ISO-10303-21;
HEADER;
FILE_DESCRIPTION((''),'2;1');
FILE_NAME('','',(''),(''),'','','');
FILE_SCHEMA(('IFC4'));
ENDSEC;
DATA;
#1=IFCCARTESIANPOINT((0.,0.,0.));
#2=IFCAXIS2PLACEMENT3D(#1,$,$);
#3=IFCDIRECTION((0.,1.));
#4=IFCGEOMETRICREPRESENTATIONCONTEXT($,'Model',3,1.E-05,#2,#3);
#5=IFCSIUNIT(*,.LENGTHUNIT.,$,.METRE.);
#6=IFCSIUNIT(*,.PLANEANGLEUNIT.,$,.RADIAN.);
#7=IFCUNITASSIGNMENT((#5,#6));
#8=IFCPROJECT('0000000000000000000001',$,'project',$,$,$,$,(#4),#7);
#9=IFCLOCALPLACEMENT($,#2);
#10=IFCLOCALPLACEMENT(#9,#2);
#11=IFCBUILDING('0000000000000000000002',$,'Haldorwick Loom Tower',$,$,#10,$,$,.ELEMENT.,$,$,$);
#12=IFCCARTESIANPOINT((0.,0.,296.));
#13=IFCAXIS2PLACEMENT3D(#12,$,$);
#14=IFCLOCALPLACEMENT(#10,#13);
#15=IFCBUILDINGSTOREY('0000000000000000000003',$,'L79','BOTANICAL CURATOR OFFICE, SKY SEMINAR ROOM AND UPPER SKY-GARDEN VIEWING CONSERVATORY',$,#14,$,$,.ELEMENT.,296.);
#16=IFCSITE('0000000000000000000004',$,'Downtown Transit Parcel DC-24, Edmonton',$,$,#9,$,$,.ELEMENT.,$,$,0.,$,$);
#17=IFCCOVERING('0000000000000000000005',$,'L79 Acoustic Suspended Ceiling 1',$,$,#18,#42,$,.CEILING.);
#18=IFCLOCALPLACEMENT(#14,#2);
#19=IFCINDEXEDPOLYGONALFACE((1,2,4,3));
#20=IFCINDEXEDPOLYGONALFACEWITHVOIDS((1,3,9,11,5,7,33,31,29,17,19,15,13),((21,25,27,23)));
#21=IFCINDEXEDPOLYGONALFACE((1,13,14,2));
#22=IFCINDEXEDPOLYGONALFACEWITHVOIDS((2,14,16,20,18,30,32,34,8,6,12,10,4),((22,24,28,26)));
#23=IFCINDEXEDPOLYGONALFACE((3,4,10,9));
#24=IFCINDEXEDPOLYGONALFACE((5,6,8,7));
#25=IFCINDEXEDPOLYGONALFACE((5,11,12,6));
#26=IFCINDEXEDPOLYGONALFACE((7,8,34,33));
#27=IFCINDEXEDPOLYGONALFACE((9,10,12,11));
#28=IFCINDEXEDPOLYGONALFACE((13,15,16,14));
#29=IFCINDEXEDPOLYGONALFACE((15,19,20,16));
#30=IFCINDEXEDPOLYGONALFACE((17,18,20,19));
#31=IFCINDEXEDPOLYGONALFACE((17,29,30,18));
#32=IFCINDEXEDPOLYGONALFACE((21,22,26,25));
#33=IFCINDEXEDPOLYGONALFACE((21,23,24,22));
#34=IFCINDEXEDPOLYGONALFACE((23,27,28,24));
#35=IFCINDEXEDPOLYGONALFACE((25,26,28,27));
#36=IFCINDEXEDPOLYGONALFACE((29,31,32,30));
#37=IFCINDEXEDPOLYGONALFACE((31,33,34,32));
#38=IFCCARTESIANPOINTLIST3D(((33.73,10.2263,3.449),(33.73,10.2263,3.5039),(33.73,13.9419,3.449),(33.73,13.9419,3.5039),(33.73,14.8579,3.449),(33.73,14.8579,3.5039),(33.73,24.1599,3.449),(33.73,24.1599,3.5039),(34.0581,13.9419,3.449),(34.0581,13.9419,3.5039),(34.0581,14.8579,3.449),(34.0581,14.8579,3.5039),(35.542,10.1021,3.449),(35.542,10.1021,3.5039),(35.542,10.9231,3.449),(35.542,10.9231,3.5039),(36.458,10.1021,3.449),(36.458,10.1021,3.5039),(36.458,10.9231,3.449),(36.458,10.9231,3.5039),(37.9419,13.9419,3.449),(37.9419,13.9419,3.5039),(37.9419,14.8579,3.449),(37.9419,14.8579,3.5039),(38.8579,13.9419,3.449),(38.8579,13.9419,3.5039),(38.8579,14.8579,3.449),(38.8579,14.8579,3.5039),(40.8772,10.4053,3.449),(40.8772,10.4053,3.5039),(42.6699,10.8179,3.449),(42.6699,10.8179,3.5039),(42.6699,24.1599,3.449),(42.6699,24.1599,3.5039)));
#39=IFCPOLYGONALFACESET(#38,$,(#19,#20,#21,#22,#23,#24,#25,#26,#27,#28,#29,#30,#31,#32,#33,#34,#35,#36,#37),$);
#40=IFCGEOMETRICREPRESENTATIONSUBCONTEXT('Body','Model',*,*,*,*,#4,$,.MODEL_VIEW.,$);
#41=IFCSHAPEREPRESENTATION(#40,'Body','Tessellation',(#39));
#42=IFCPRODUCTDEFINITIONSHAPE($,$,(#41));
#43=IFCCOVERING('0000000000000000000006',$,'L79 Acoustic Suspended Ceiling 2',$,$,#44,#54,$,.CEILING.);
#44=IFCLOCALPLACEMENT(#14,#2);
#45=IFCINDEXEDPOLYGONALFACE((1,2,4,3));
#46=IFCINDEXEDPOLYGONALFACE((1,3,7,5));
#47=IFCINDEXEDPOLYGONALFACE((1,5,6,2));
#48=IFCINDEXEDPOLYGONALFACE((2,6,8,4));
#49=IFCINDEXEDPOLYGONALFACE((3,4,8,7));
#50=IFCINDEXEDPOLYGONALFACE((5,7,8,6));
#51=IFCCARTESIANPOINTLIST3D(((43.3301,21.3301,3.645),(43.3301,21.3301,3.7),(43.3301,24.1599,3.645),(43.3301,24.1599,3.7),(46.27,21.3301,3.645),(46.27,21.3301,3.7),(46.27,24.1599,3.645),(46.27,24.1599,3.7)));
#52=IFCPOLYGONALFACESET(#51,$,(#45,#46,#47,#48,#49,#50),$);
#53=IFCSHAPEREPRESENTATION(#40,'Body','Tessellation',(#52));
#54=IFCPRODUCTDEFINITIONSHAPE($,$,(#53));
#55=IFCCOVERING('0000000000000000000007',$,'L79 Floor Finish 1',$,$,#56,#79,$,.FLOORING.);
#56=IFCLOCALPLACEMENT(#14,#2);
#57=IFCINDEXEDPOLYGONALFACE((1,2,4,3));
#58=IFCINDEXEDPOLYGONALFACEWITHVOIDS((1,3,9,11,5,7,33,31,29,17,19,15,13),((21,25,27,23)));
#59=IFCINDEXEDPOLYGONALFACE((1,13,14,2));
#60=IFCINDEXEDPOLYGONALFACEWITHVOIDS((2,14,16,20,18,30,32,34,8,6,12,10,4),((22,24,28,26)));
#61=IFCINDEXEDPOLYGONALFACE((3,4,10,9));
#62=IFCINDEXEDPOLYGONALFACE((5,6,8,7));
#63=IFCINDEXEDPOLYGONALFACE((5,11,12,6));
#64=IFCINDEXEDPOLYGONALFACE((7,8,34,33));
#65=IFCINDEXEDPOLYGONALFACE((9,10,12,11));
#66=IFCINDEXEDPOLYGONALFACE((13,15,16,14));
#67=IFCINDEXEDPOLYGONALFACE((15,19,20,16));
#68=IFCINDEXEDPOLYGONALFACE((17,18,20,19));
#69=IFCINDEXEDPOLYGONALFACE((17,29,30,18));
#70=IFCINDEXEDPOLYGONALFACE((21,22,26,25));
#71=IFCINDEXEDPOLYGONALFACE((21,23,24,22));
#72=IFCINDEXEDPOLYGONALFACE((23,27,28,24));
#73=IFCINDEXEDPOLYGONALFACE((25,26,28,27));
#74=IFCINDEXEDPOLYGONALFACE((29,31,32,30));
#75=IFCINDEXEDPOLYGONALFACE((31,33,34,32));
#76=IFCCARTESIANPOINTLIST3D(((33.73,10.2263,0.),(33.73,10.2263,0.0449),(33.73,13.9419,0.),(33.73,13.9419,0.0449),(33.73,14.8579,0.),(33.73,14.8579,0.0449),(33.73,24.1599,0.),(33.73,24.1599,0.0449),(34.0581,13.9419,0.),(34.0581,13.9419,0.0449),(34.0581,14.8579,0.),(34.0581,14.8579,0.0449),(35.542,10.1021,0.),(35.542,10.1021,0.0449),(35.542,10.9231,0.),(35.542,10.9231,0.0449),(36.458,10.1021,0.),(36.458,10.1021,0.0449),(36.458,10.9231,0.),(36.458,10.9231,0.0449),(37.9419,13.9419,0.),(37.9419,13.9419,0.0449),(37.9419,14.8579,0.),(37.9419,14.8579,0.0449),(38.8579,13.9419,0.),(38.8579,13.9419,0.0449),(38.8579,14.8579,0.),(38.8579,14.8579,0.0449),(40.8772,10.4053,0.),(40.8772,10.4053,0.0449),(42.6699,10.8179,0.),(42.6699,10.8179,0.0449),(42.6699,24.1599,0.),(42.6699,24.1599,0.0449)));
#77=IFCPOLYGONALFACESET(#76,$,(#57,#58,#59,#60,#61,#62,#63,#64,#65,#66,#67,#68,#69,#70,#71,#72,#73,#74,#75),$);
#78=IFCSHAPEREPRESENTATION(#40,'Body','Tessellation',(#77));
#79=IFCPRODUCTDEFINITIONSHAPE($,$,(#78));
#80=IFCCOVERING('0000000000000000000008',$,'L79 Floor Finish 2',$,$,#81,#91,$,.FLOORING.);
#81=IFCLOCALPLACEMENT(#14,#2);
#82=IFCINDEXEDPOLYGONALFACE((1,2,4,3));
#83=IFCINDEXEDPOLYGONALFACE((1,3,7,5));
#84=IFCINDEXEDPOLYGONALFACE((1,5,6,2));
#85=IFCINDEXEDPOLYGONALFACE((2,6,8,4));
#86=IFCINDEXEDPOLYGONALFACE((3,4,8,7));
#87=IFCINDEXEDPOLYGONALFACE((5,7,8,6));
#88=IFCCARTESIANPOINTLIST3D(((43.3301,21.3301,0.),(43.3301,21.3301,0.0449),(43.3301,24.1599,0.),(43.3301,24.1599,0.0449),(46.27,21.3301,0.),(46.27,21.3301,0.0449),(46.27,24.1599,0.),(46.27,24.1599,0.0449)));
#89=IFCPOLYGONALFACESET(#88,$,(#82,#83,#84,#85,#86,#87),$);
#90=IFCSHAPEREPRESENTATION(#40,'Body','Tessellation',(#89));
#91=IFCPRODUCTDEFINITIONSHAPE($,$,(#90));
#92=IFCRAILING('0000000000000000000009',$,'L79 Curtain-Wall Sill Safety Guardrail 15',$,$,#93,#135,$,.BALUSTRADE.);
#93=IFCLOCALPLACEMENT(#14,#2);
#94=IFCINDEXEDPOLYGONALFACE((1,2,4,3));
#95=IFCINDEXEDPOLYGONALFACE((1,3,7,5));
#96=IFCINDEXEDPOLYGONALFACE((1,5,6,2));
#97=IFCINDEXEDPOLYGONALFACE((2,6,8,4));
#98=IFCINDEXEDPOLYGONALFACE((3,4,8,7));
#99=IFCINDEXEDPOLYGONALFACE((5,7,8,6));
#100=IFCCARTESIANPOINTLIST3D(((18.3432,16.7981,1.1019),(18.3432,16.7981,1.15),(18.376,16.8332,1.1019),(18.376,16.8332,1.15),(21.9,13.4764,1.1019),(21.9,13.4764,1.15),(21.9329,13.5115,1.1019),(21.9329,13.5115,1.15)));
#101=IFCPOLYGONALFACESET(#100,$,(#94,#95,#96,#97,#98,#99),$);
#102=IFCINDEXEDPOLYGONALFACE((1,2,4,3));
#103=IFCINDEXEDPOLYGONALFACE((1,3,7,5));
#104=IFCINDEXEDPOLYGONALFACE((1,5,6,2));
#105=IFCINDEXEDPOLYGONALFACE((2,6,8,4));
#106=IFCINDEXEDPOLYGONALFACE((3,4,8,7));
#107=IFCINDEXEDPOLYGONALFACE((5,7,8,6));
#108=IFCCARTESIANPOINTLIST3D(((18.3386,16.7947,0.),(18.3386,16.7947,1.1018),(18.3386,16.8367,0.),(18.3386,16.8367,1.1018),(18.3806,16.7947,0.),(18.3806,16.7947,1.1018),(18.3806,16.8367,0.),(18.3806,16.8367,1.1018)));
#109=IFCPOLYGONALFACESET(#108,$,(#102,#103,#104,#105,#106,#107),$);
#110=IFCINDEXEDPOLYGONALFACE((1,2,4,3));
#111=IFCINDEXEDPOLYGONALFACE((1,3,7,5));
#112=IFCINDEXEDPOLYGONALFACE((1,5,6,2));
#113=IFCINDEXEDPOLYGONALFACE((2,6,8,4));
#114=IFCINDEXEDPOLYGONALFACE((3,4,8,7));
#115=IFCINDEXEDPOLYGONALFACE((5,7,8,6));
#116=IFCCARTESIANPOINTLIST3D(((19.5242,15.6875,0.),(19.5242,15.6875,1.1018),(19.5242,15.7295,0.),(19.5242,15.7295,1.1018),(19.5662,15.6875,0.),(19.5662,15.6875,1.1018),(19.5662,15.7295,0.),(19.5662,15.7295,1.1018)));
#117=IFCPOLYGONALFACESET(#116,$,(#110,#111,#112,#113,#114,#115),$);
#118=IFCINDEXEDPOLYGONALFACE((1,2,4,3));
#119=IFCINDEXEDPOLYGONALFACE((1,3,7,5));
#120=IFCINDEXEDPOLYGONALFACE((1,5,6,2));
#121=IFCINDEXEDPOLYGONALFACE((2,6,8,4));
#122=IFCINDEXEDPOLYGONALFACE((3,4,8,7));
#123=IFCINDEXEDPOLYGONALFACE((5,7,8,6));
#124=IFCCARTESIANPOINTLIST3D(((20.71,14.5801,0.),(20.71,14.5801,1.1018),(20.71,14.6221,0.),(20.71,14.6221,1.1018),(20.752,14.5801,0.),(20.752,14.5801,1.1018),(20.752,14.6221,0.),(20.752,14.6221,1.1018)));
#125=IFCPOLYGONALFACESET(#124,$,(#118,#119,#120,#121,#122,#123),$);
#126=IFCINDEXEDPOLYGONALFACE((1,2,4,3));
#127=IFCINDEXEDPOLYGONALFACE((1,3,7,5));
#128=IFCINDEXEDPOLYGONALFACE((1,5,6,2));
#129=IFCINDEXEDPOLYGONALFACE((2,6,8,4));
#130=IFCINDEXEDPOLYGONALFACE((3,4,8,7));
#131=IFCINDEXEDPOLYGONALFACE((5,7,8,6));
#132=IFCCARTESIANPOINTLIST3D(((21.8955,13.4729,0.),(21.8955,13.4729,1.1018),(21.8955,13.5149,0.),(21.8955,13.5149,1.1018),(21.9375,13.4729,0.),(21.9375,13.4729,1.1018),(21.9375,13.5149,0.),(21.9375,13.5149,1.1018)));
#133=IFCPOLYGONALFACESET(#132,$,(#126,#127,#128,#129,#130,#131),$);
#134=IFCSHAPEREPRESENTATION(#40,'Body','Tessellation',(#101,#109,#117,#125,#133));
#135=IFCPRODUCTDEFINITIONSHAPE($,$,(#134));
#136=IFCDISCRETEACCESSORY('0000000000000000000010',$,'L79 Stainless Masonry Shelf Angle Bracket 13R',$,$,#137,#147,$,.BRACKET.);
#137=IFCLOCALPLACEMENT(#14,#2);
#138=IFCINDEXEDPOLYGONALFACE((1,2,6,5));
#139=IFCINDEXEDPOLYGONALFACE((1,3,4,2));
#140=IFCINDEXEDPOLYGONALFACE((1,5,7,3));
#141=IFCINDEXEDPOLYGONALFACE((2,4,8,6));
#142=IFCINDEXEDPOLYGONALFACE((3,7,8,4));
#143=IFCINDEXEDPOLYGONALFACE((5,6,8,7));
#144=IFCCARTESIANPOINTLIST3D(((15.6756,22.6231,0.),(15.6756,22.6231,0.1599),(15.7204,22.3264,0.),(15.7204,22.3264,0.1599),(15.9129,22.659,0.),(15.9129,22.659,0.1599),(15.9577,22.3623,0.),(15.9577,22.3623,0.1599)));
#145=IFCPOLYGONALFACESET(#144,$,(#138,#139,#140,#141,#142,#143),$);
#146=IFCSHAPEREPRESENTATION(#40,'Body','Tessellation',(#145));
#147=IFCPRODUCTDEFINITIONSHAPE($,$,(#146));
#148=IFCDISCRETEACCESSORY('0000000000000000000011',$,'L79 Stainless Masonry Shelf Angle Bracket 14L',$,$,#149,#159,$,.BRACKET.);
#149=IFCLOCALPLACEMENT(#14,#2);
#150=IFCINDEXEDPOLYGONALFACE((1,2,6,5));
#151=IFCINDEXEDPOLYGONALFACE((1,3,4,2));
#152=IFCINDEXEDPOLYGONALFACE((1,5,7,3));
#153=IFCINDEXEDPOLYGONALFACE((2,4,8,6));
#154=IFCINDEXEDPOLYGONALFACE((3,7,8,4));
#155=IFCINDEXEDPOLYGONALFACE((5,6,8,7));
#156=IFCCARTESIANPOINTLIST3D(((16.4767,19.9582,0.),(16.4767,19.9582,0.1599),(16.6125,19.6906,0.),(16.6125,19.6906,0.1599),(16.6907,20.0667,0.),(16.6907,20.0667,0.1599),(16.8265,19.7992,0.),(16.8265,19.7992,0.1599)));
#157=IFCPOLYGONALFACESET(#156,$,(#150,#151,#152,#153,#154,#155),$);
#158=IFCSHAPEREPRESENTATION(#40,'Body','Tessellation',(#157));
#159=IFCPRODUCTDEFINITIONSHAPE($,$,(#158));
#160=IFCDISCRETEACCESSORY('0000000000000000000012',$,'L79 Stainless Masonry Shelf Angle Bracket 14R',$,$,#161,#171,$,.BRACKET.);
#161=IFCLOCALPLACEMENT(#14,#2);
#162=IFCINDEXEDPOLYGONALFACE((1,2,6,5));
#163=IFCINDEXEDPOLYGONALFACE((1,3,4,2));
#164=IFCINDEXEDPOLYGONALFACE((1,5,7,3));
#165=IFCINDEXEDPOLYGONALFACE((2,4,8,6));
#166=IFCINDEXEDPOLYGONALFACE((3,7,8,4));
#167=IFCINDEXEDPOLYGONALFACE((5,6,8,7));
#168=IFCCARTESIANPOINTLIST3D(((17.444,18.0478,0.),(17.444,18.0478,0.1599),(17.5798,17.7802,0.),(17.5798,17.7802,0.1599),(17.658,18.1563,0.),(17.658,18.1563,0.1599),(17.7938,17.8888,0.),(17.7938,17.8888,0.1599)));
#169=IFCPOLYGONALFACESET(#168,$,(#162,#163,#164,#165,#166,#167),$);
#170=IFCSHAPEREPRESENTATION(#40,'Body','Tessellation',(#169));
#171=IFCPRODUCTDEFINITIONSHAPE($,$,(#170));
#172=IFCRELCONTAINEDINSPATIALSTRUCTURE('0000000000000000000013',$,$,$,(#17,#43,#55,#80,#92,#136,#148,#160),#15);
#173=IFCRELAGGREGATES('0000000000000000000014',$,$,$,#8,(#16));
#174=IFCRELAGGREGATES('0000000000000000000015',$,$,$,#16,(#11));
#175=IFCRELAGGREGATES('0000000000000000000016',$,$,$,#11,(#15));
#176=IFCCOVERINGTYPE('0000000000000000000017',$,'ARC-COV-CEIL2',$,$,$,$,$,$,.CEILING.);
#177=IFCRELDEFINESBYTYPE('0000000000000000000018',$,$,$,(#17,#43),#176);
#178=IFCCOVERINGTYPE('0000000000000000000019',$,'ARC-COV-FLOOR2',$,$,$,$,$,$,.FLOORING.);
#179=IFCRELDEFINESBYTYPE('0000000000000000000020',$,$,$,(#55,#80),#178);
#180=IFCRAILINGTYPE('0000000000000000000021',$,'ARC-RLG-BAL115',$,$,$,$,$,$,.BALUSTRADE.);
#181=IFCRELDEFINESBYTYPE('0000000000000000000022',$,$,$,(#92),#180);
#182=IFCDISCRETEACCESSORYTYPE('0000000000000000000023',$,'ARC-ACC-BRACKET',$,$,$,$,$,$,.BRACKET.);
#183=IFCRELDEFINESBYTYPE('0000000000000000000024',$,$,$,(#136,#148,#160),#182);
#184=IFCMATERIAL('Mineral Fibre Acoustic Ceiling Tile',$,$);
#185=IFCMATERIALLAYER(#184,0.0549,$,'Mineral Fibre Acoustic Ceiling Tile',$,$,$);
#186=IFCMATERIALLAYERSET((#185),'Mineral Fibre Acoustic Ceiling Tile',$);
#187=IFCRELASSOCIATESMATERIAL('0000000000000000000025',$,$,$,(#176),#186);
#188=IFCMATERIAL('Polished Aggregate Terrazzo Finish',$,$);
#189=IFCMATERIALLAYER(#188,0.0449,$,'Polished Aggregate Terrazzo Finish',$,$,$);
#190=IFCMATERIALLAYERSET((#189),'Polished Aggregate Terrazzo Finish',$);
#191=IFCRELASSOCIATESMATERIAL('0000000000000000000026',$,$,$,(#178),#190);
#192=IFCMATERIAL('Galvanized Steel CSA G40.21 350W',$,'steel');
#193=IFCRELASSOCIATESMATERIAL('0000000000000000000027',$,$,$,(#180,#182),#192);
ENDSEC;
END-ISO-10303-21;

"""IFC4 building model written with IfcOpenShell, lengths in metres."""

from ifc_helpers import new_model, si_unit, direction, frame, origin, origin_2d, place, context, subcontext, project, spatial, polyline, rectangle, outline, extrude, material, layer, layer_set, type_object, element, save


model = new_model("IFC4")

# Units and contexts
model_context = context("Model", 3, precision=1e-05, world=origin(), true_north=direction((0.0, 1.0)))
body_context = subcontext(model_context, "Body", "Model", "MODEL_VIEW")
ifc_project = project(units=[si_unit("LENGTHUNIT", "METRE"), si_unit("PLANEANGLEUNIT", "RADIAN")], contexts=[model_context])

# Site, building, storey
site_placement = place(None, origin())
site = spatial("IfcSite", under=ifc_project, at=site_placement, Name="Downtown Transit Parcel DC-24, Edmonton", CompositionType="ELEMENT", RefElevation=0.0)
building_placement = place(site_placement, origin())
building = spatial("IfcBuilding", under=site, at=building_placement, Name="Haldorwick Loom Tower", CompositionType="ELEMENT")
storey_placement = place(building_placement, frame((0.0, 0.0, 296.0)))
storey = spatial("IfcBuildingStorey", under=building, at=storey_placement, Name="L79", Description="BOTANICAL CURATOR OFFICE, SKY SEMINAR ROOM AND UPPER SKY-GARDEN VIEWING CONSERVATORY", CompositionType="ELEMENT", Elevation=296.0)

# Coverings
ifc_material_1 = material(Name="Mineral Fibre Acoustic Ceiling Tile")
ifc_layer_1 = layer(ifc_material_1, 0.0549, Name="Mineral Fibre Acoustic Ceiling Tile")
ifc_layer_set_1 = layer_set([ifc_layer_1], Name="Mineral Fibre Acoustic Ceiling Tile")
covering_type_1 = type_object("IfcCoveringType", Name="ARC-COV-CEIL2", PredefinedType="CEILING", material=ifc_layer_set_1)
covering_1_placement = place(storey_placement, frame((0.0, 0.0, 3.449)))
element("IfcCovering", 1, at=covering_1_placement, inside=storey, type_object=covering_type_1, Name="L79 Acoustic Suspended Ceiling 1", PredefinedType="CEILING", context=body_context, shape_type="SweptSolid", body=[
    extrude(outline(polyline([(42.6699, 10.8179), (42.6699, 24.1599), (33.73, 24.1599), (33.73, 14.8579), (34.0581, 14.8579), (34.0581, 13.9419), (33.73, 13.9419), (33.73, 10.2263), (35.542, 10.1021), (35.542, 10.9231), (36.458, 10.9231), (36.458, 10.1021), (40.8772, 10.4053), (42.6699, 10.8179)]), holes=[polyline([(38.8579, 14.8579), (38.8579, 13.9419), (37.9419, 13.9419), (37.9419, 14.8579), (38.8579, 14.8579)])]), origin(), (0.0, 0.0, 1.0), 0.0549),
])
covering_2_placement = place(storey_placement, frame((0.0, 0.0, 3.645)))
element("IfcCovering", 2, at=covering_2_placement, inside=storey, type_object=covering_type_1, Name="L79 Acoustic Suspended Ceiling 2", PredefinedType="CEILING", context=body_context, shape_type="SweptSolid", body=[
    extrude(outline(polyline([(43.3301, 24.1599), (43.3301, 21.3301), (46.27, 21.3301), (46.27, 24.1599), (43.3301, 24.1599)])), origin(), (0.0, 0.0, 1.0), 0.0549),
])
ifc_material_2 = material(Name="Polished Aggregate Terrazzo Finish")
ifc_layer_2 = layer(ifc_material_2, 0.0449, Name="Polished Aggregate Terrazzo Finish")
ifc_layer_set_2 = layer_set([ifc_layer_2], Name="Polished Aggregate Terrazzo Finish")
covering_type_2 = type_object("IfcCoveringType", Name="ARC-COV-FLOOR2", PredefinedType="FLOORING", material=ifc_layer_set_2)
covering_3_placement = place(storey_placement, origin())
element("IfcCovering", 3, at=covering_3_placement, inside=storey, type_object=covering_type_2, Name="L79 Floor Finish 1", PredefinedType="FLOORING", context=body_context, shape_type="SweptSolid", body=[
    extrude(outline(polyline([(42.6699, 10.8179), (42.6699, 24.1599), (33.73, 24.1599), (33.73, 14.8579), (34.0581, 14.8579), (34.0581, 13.9419), (33.73, 13.9419), (33.73, 10.2263), (35.542, 10.1021), (35.542, 10.9231), (36.458, 10.9231), (36.458, 10.1021), (40.8772, 10.4053), (42.6699, 10.8179)]), holes=[polyline([(38.8579, 14.8579), (38.8579, 13.9419), (37.9419, 13.9419), (37.9419, 14.8579), (38.8579, 14.8579)])]), origin(), (0.0, 0.0, 1.0), 0.0449),
])
covering_4_placement = place(storey_placement, origin())
element("IfcCovering", 4, at=covering_4_placement, inside=storey, type_object=covering_type_2, Name="L79 Floor Finish 2", PredefinedType="FLOORING", context=body_context, shape_type="SweptSolid", body=[
    extrude(outline(polyline([(43.3301, 24.1599), (43.3301, 21.3301), (46.27, 21.3301), (46.27, 24.1599), (43.3301, 24.1599)])), origin(), (0.0, 0.0, 1.0), 0.0449),
])

# Railing
ifc_material_3 = material(Name="Galvanized Steel CSA G40.21 350W", Category="steel")
railing_type = type_object("IfcRailingType", Name="ARC-RLG-BAL115", PredefinedType="BALUSTRADE", material=ifc_material_3)
railing_placement = place(storey_placement, frame((18.3596, 16.8157, 0.0)))
element("IfcRailing", 5, at=railing_placement, inside=storey, type_object=railing_type, Name="L79 Curtain-Wall Sill Safety Guardrail 15", PredefinedType="BALUSTRADE", context=body_context, shape_type="SweptSolid", body=[
    extrude(rectangle(XDim=0.0481, YDim=0.0481, at=origin_2d()), frame((0.0, 0.0, 1.126), z_axis=(0.730848, -0.68254, 0.0), x_axis=(0.68254, 0.730848, 0.0)), (0.0, 0.0, 1.0), 4.8667),
    extrude(rectangle(XDim=0.042, YDim=0.042, at=origin_2d()), origin(), (0.0, 0.0, 1.0), 1.1018),
    extrude(rectangle(XDim=0.042, YDim=0.042, at=origin_2d()), frame((1.1855, -1.1072, 0.0)), (0.0, 0.0, 1.0), 1.1018),
    extrude(rectangle(XDim=0.042, YDim=0.042, at=origin_2d()), frame((2.3713, -2.2146, 0.0)), (0.0, 0.0, 1.0), 1.1018),
    extrude(rectangle(XDim=0.042, YDim=0.042, at=origin_2d()), frame((3.5569, -3.3218, 0.0)), (0.0, 0.0, 1.0), 1.1018),
])

# Discrete accessories
discrete_accessory_type = type_object("IfcDiscreteAccessoryType", Name="ARC-ACC-BRACKET", PredefinedType="BRACKET", material=ifc_material_3)
for number, where, z_axis, x_axis, name in (
    (6, (15.8167, 22.4927, 0.0), (0.0, 0.0, 1.0), (0.149535, -0.988756, 0.0), "L79 Stainless Masonry Shelf Angle Bracket 13R"),
    (7, (16.6516, 19.8787, 0.0), (0.0, 0.0, 1.0), (0.452435, -0.891798, 0.0), "L79 Stainless Masonry Shelf Angle Bracket 14L"),
    (8, (17.6189, 17.9683, 0.0), (0.0, 0.0, 1.0), (0.452435, -0.891798, 0.0), "L79 Stainless Masonry Shelf Angle Bracket 14R"),
):
    element("IfcDiscreteAccessory", number, at=place(storey_placement, frame(where, z_axis=z_axis, x_axis=x_axis)), inside=storey, type_object=discrete_accessory_type, Name=name, PredefinedType="BRACKET", context=body_context, shape_type="SweptSolid", body=[
        extrude(rectangle(XDim=0.3, YDim=0.24, at=origin_2d()), origin(), (0.0, 0.0, 1.0), 0.1599),
    ])

save(model, "model.ifc")
